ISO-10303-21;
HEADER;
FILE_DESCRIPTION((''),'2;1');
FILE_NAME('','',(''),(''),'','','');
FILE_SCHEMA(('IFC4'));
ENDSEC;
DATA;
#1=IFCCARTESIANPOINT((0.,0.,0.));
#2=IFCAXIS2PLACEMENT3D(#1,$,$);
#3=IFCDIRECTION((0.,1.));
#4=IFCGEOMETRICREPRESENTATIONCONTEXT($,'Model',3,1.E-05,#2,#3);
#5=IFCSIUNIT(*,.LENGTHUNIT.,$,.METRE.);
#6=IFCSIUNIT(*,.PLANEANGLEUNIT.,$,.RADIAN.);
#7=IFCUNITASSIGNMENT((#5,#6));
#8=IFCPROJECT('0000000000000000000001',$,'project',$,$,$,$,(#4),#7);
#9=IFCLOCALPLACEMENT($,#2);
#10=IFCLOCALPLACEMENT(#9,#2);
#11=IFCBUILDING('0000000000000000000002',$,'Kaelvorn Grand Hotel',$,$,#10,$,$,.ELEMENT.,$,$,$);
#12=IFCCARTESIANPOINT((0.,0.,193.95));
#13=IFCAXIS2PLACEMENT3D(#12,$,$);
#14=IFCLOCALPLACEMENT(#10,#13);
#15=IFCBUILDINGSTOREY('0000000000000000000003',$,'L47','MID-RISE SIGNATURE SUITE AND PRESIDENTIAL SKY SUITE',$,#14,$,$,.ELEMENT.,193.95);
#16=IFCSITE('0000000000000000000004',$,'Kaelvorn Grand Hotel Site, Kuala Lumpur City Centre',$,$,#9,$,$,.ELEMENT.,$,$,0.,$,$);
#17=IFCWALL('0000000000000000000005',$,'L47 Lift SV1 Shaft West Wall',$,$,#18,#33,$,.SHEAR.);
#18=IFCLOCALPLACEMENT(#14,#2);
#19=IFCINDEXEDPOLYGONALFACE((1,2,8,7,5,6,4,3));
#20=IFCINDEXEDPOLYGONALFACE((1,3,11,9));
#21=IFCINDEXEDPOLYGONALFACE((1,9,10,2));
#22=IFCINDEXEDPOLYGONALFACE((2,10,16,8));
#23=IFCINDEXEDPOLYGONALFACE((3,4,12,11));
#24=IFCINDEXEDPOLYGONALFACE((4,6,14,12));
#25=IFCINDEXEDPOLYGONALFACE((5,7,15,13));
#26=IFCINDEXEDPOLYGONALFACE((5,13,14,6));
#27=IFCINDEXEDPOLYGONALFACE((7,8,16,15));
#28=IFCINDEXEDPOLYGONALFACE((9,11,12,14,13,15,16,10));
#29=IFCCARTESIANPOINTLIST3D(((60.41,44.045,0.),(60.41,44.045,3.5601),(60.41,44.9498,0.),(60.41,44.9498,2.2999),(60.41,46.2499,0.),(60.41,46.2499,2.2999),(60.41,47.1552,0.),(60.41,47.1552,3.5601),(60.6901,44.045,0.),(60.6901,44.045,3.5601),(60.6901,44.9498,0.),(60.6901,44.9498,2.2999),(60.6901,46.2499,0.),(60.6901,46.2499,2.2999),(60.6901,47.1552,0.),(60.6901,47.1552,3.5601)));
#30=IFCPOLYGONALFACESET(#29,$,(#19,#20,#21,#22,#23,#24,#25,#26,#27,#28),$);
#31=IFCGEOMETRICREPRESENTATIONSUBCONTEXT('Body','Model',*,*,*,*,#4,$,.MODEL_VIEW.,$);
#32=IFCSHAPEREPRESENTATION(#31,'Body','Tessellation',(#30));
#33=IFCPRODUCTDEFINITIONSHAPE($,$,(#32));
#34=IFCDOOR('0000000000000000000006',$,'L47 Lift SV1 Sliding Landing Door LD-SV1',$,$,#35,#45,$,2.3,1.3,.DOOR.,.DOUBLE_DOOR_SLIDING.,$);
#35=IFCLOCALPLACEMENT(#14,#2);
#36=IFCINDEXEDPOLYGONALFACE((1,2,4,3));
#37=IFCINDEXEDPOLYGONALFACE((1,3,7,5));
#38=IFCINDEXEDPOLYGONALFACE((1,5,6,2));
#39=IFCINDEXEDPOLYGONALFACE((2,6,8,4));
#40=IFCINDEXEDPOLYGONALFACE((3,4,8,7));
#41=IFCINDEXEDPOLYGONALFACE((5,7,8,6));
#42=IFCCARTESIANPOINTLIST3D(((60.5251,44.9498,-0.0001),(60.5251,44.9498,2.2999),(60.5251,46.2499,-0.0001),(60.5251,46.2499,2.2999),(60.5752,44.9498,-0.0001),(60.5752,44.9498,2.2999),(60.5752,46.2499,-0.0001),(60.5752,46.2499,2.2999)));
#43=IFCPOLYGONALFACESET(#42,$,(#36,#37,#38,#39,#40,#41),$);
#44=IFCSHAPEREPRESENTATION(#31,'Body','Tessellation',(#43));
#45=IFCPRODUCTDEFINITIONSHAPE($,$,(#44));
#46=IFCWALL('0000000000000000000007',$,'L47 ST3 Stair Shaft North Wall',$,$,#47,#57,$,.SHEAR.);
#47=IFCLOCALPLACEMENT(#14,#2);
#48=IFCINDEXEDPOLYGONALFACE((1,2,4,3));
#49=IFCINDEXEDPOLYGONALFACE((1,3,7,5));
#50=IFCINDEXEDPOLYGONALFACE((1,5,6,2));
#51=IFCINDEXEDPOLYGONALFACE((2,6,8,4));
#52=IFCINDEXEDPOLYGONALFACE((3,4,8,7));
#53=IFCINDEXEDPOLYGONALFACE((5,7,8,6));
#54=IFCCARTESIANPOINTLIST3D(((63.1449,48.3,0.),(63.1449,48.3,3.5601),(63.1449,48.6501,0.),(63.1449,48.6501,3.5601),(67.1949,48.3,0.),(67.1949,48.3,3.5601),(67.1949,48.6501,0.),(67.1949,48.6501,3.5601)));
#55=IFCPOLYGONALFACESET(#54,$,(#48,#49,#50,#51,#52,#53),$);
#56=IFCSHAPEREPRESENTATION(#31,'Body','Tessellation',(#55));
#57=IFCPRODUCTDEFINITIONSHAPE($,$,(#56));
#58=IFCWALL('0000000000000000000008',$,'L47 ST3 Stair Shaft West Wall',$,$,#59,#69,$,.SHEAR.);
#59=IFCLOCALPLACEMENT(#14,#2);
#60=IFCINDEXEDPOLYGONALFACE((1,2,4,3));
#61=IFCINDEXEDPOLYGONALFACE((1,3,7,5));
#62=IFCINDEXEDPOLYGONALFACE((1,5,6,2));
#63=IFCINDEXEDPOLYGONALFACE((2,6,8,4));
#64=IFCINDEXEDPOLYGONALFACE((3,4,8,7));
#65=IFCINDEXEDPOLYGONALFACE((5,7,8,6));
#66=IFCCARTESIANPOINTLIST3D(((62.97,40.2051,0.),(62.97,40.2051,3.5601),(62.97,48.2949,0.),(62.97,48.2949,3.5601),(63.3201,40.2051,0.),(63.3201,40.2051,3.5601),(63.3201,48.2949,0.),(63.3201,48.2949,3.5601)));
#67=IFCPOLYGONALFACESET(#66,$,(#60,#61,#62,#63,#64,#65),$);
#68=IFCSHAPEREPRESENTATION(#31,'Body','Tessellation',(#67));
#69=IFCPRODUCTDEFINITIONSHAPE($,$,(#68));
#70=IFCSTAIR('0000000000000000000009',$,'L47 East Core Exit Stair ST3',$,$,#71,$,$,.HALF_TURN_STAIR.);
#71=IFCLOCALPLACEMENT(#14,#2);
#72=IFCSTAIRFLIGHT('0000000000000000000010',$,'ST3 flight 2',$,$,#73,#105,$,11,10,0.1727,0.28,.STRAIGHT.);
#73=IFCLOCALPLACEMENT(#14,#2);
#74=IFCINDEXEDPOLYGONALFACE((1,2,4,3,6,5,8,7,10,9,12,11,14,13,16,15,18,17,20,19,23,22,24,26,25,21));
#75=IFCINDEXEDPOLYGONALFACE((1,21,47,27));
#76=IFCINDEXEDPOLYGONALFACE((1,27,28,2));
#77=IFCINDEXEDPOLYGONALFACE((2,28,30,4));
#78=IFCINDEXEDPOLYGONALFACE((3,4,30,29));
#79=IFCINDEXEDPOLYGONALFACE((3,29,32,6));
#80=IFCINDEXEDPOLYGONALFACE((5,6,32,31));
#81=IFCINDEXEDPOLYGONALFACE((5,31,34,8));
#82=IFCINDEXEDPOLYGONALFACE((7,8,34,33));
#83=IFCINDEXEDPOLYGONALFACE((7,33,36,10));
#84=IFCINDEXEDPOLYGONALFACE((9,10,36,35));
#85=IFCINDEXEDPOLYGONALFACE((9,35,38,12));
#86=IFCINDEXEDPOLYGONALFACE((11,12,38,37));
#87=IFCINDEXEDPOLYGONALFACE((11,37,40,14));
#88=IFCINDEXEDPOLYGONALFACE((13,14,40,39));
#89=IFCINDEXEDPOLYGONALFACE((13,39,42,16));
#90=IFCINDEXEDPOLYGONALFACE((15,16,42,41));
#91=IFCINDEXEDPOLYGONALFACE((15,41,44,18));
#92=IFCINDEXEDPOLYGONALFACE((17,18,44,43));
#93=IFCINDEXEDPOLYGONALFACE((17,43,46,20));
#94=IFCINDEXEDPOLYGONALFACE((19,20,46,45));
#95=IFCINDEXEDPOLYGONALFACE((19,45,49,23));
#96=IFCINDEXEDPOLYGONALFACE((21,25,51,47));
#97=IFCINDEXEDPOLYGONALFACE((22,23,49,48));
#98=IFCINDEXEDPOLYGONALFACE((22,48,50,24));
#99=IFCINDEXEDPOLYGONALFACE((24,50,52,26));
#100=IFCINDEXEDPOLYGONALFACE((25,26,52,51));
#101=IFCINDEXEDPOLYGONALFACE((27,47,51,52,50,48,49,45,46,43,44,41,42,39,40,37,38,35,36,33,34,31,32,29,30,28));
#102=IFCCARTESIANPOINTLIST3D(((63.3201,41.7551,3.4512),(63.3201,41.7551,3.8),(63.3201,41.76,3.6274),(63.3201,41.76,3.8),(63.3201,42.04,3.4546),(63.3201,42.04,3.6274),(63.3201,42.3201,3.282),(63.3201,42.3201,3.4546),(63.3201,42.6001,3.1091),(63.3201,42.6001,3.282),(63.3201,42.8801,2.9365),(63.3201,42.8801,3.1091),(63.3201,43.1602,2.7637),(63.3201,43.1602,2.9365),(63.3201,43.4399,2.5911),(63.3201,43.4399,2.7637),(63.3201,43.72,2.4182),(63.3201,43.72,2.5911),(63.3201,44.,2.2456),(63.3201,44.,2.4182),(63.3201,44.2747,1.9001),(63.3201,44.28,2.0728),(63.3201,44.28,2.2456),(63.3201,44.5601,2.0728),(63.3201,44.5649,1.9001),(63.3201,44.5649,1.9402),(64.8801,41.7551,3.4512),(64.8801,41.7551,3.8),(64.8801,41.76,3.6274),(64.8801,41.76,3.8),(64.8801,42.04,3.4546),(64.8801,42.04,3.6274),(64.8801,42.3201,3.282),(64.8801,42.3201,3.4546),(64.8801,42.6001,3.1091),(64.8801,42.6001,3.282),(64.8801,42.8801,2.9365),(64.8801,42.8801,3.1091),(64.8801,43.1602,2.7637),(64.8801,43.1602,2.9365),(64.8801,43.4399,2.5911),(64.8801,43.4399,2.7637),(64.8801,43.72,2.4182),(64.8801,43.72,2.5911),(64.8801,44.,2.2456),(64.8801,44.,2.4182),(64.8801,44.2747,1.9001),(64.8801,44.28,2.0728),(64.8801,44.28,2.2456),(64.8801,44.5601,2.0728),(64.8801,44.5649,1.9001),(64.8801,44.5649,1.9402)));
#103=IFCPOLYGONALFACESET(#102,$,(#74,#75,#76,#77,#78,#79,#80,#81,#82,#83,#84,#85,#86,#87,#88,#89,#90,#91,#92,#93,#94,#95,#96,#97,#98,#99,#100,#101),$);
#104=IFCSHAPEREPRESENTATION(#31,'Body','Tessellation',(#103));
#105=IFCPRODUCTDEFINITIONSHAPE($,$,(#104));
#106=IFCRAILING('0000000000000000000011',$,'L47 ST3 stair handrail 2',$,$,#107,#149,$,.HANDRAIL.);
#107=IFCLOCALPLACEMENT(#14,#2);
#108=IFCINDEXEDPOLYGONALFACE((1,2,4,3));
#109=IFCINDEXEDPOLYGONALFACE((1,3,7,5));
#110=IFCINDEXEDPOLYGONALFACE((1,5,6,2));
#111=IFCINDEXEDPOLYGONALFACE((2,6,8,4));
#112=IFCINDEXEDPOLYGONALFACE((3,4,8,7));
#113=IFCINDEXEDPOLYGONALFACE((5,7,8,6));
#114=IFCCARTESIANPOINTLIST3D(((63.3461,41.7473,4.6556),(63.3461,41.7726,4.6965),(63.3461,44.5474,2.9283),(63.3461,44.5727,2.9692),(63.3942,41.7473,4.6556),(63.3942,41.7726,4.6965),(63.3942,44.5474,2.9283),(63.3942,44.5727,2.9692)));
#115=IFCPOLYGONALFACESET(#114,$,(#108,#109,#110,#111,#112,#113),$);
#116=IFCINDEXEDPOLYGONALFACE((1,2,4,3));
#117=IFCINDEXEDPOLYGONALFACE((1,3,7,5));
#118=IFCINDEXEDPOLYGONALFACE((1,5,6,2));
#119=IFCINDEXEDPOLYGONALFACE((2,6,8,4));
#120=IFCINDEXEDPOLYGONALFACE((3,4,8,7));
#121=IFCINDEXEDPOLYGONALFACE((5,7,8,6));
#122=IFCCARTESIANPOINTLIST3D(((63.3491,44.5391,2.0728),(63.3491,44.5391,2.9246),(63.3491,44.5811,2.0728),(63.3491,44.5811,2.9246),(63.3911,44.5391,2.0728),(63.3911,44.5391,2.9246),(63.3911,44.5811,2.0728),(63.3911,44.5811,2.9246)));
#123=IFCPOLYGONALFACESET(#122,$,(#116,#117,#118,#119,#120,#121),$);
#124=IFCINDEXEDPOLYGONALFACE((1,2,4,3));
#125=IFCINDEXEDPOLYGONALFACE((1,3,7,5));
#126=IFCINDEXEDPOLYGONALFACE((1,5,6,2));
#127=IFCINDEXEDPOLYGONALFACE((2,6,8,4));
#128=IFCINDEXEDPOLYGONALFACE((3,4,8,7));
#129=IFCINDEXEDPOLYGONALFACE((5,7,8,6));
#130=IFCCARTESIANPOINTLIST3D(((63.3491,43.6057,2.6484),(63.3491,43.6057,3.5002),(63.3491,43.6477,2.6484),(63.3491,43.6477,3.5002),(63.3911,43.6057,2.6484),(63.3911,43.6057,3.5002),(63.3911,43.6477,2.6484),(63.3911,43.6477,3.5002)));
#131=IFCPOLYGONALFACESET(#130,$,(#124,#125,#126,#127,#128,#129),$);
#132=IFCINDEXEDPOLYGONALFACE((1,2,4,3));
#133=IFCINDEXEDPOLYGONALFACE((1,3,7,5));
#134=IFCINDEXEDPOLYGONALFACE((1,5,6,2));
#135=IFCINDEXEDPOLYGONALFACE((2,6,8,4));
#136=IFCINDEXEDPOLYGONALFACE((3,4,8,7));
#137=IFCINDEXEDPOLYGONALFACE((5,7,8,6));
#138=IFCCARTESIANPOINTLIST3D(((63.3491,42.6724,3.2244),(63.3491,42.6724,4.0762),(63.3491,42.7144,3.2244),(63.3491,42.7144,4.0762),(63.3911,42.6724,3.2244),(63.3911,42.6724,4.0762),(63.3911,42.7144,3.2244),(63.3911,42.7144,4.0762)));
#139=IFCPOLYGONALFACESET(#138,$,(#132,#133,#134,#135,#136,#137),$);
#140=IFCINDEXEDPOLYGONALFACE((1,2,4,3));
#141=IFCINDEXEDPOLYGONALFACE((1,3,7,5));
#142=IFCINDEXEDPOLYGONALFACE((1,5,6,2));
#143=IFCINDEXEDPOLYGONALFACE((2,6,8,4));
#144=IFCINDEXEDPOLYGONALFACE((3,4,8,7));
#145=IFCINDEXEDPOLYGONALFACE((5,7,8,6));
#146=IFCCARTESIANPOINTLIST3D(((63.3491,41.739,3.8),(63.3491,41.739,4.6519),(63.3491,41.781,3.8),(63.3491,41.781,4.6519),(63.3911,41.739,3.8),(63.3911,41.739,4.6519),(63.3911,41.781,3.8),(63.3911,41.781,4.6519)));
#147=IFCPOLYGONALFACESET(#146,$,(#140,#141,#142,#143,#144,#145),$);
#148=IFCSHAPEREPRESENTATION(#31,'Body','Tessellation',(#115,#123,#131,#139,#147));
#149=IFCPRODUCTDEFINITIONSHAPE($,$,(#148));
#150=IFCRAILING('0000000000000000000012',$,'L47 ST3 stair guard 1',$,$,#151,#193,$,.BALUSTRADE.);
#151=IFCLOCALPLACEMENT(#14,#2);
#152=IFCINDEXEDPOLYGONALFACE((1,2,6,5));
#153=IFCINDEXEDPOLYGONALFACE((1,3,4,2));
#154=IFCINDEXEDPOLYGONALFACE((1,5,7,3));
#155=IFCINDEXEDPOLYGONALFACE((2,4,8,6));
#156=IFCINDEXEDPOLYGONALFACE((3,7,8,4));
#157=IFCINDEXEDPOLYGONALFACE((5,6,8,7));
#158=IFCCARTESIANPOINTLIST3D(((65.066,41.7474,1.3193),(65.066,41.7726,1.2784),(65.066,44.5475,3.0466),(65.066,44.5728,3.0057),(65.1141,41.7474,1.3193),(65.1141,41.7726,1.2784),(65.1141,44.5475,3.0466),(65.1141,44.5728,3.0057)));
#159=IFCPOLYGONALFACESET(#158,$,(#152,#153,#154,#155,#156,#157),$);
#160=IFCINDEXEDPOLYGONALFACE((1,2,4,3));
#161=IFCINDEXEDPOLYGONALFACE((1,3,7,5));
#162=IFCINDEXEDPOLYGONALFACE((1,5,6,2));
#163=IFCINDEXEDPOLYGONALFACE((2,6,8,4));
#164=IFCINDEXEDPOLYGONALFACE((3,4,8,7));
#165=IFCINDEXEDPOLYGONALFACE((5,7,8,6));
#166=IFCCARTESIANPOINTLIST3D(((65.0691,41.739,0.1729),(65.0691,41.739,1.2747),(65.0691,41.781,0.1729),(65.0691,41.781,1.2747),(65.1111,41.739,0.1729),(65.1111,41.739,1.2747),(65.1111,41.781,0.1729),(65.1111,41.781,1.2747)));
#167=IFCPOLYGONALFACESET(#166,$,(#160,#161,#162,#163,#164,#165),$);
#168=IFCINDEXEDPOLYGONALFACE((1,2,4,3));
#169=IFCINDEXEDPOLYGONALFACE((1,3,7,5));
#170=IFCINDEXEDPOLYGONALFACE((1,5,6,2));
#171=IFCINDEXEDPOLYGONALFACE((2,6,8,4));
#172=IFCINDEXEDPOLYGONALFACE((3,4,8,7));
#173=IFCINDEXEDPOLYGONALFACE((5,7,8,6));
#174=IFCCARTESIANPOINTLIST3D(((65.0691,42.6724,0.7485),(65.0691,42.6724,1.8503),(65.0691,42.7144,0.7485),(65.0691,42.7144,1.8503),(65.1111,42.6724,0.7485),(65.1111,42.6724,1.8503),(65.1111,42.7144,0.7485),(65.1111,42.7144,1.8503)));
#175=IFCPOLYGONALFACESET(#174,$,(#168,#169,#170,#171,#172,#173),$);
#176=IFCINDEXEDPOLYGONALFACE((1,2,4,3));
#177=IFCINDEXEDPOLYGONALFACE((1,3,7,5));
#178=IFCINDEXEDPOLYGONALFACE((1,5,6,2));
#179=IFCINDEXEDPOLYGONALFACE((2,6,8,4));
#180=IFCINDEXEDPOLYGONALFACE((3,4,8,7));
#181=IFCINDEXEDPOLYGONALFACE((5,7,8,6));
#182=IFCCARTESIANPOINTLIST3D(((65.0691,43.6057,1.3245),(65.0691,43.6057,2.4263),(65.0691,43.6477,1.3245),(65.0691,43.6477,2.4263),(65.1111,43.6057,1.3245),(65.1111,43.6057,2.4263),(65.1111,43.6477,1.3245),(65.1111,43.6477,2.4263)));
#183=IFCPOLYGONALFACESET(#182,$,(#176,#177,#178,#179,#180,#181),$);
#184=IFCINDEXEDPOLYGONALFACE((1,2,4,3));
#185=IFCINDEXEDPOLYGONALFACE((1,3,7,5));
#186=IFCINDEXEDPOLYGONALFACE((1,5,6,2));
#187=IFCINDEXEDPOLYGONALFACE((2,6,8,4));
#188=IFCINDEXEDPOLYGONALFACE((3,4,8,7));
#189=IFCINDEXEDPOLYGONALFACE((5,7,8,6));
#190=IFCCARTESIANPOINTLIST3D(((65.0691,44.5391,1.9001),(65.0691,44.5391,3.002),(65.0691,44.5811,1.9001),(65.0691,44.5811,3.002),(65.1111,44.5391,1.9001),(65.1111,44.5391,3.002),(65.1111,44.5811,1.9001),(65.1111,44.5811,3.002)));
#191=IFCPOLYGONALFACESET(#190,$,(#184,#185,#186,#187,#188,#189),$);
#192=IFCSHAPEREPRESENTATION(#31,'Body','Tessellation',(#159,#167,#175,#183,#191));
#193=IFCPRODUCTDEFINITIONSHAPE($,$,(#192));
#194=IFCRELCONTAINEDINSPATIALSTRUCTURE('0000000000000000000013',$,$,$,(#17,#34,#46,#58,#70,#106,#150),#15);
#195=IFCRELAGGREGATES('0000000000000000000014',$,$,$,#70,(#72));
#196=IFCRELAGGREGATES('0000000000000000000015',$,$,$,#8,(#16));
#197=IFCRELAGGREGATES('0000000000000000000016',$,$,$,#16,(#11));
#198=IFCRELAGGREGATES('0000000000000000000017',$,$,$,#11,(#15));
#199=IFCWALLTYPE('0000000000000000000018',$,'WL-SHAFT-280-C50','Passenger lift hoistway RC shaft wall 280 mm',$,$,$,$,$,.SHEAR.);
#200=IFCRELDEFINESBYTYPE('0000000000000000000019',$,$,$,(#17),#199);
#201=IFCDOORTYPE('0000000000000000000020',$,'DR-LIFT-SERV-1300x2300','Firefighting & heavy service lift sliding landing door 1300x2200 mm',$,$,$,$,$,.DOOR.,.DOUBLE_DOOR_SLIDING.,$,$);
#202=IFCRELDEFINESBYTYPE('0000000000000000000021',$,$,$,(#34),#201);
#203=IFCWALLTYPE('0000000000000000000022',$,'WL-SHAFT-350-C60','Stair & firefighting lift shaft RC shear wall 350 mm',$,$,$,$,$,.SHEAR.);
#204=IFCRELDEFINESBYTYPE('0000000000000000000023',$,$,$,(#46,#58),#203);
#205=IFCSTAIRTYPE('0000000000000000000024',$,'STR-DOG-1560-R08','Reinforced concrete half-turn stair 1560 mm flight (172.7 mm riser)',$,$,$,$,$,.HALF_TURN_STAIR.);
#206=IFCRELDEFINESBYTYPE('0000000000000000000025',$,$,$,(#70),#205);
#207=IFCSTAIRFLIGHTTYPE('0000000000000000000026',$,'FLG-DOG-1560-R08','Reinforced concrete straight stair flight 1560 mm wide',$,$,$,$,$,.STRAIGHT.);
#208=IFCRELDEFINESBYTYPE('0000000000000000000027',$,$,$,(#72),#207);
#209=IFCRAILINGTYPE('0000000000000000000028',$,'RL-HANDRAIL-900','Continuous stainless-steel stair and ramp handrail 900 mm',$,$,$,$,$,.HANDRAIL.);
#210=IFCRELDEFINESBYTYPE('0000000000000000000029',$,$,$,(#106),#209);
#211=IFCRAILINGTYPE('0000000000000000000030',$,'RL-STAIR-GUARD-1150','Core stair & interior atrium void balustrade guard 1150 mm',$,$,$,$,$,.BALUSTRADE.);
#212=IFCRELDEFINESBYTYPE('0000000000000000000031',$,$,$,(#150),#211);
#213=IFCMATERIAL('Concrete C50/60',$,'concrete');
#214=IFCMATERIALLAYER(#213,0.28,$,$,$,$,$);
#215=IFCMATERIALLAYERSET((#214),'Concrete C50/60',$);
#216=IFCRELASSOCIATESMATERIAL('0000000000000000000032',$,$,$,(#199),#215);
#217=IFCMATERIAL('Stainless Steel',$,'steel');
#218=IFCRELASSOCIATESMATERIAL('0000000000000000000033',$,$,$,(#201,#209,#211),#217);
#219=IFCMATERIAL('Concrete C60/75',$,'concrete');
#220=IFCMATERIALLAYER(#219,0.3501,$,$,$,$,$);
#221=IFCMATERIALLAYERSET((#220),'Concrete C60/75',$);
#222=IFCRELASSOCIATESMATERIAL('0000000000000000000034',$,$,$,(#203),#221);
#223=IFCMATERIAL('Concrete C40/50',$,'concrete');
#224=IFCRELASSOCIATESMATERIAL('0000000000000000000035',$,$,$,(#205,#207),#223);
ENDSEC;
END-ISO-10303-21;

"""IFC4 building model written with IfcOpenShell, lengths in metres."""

from ifc_helpers import new_model, si_unit, direction, frame, frame_2d, origin, origin_2d, place, context, subcontext, project, spatial, polyline, rectangle, outline, extrude, material, layer, layer_set, type_object, element, fill, aggregate, save


model = new_model("IFC4")

# Units and contexts
model_context = context("Model", 3, precision=1e-05, world=origin(), true_north=direction((0.0, 1.0)))
body_context = subcontext(model_context, "Body", "Model", "MODEL_VIEW")
ifc_project = project(units=[si_unit("LENGTHUNIT", "METRE"), si_unit("PLANEANGLEUNIT", "RADIAN")], contexts=[model_context])

# Site, building, storey
site_placement = place(None, origin())
site = spatial("IfcSite", under=ifc_project, at=site_placement, Name="Kaelvorn Grand Hotel Site, Kuala Lumpur City Centre", CompositionType="ELEMENT", RefElevation=0.0)
building_placement = place(site_placement, origin())
building = spatial("IfcBuilding", under=site, at=building_placement, Name="Kaelvorn Grand Hotel", CompositionType="ELEMENT")
storey_placement = place(building_placement, frame((0.0, 0.0, 193.95)))
storey = spatial("IfcBuildingStorey", under=building, at=storey_placement, Name="L47", Description="MID-RISE SIGNATURE SUITE AND PRESIDENTIAL SKY SUITE", CompositionType="ELEMENT", Elevation=193.95)

# Shared definitions
ifc_material_1 = material(Name="Concrete C60/75", Category="concrete")

# Shared definitions
ifc_material_2 = material(Name="Concrete C50/60", Category="concrete")

# Shared definitions
ifc_material_3 = material(Name="Concrete C40/50", Category="concrete")

# Shared definitions
ifc_layer_1 = layer(ifc_material_2, 0.28)
ifc_layer_set_1 = layer_set([ifc_layer_1], Name="Concrete C50/60")
wall_type_1 = type_object("IfcWallType", Name="WL-SHAFT-280-C50", Description="Passenger lift hoistway RC shaft wall 280 mm", PredefinedType="SHEAR", material=ifc_layer_set_1)

# Shared definitions
ifc_material_4 = material(Name="Stainless Steel", Category="steel")
door_type_1 = type_object("IfcDoorType", Name="DR-LIFT-SERV-1300x2300", Description="Firefighting & heavy service lift sliding landing door 1300x2200 mm", OperationType="DOUBLE_DOOR_SLIDING", PredefinedType="DOOR", material=ifc_material_4)

# Wall, opening, door
wall_1_placement = place(storey_placement, frame((60.55, 44.0449, 0.0), z_axis=(0.0, 0.0, 1.0), x_axis=(0.0, 1.0, 0.0)))
wall_1 = element("IfcWall", 1, at=wall_1_placement, inside=storey, type_object=wall_type_1, Name="L47 Lift SV1 Shaft West Wall", PredefinedType="SHEAR", context=body_context, shape_type="SweptSolid", body=[
    extrude(rectangle(XDim=3.1101, YDim=0.28, at=frame_2d((1.5552, 0.0))), origin(), (0.0, 0.0, 1.0), 3.5601),
])
opening_1_placement = place(wall_1_placement, frame((0.905, 0.0, 0.0)))
opening_1 = element("IfcOpeningElement", 2, at=opening_1_placement, cuts=wall_1, PredefinedType="OPENING", context=body_context, shape_type="SweptSolid", body=[
    extrude(rectangle(XDim=1.3, YDim=2.3, at=frame_2d((0.6499, 1.1499))), frame((0.0, 0.1499, 0.0), z_axis=(0.0, -1.0, 0.0), x_axis=(1.0, 0.0, 0.0)), (0.0, 0.0, 1.0), 0.3),
])
door_1_placement = place(opening_1_placement, origin())
door_1 = element("IfcDoor", 3, at=door_1_placement, inside=storey, type_object=door_type_1, Name="L47 Lift SV1 Sliding Landing Door LD-SV1", OperationType="DOUBLE_DOOR_SLIDING", OverallHeight=2.3, OverallWidth=1.3, PredefinedType="DOOR", context=body_context, shape_type="SweptSolid", body=[
    extrude(rectangle(XDim=1.3, YDim=2.3, at=frame_2d((0.6499, 1.1499))), frame((0.0, 0.0249, 0.0), z_axis=(0.0, -1.0, 0.0), x_axis=(1.0, 0.0, 0.0)), (0.0, 0.0, 1.0), 0.05),
])
fill(opening_1, door_1)
ifc_layer_2 = layer(ifc_material_1, 0.3501)
ifc_layer_set_2 = layer_set([ifc_layer_2], Name="Concrete C60/75")
wall_type_2 = type_object("IfcWallType", Name="WL-SHAFT-350-C60", Description="Stair & firefighting lift shaft RC shear wall 350 mm", PredefinedType="SHEAR", material=ifc_layer_set_2)

# Walls
wall_2_placement = place(storey_placement, frame((63.145, 48.4751, 0.0), z_axis=(0.0, 0.0, 1.0), x_axis=(1.0, 0.0, 0.0)))
element("IfcWall", 4, at=wall_2_placement, inside=storey, type_object=wall_type_2, Name="L47 ST3 Stair Shaft North Wall", PredefinedType="SHEAR", context=body_context, shape_type="SweptSolid", body=[
    extrude(rectangle(XDim=4.05, YDim=0.3501, at=frame_2d((2.0249, 0.0))), origin(), (0.0, 0.0, 1.0), 3.5601),
])
wall_3_placement = place(storey_placement, frame((63.145, 40.2051, 0.0), z_axis=(0.0, 0.0, 1.0), x_axis=(0.0, 1.0, 0.0)))
element("IfcWall", 5, at=wall_3_placement, inside=storey, type_object=wall_type_2, Name="L47 ST3 Stair Shaft West Wall", PredefinedType="SHEAR", context=body_context, shape_type="SweptSolid", body=[
    extrude(rectangle(XDim=8.0898, YDim=0.3501, at=frame_2d((4.0449, 0.0))), origin(), (0.0, 0.0, 1.0), 3.5601),
])

# Stair, stair flight
stair_type = type_object("IfcStairType", Name="STR-DOG-1560-R08", Description="Reinforced concrete half-turn stair 1560 mm flight (172.7 mm riser)", PredefinedType="HALF_TURN_STAIR", material=ifc_material_3)
stair_placement = place(storey_placement, origin())
stair = element("IfcStair", 6, at=stair_placement, inside=storey, type_object=stair_type, Name="L47 East Core Exit Stair ST3", PredefinedType="HALF_TURN_STAIR")
stair_flight_type = type_object("IfcStairFlightType", Name="FLG-DOG-1560-R08", Description="Reinforced concrete straight stair flight 1560 mm wide", PredefinedType="STRAIGHT", material=ifc_material_3)
stair_flight_placement = place(storey_placement, frame((64.1001, 44.5601, 1.9001), z_axis=(0.0, 0.0, 1.0), x_axis=(0.0, -1.0, 0.0)))
stair_flight = element("IfcStairFlight", 7, at=stair_flight_placement, type_object=stair_flight_type, Name="ST3 flight 2", NumberOfRisers=11, NumberOfTreads=10, PredefinedType="STRAIGHT", RiserHeight=0.1727, TreadLength=0.28, context=body_context, shape_type="SweptSolid", body=[
    extrude(outline(polyline([(-0.0049, 0.0), (-0.0049, 0.04), (0.0, 0.1726), (0.28, 0.1726), (0.28, 0.3455), (0.5601, 0.3455), (0.5601, 0.5181), (0.8401, 0.5181), (0.8401, 0.6909), (1.1201, 0.6909), (1.1201, 0.8635), (1.3999, 0.8635), (1.3999, 1.0364), (1.6799, 1.0364), (1.6799, 1.209), (1.96, 1.209), (1.96, 1.3818), (2.24, 1.3818), (2.24, 1.5544), (2.52, 1.5544), (2.52, 1.7273), (2.8, 1.7273), (2.8, 1.8999), (2.8049, 1.8999), (2.8049, 1.551), (0.2854, 0.0), (-0.0049, 0.0)])), frame((0.0, 0.78, 0.0), z_axis=(0.0, -1.0, 0.0), x_axis=(1.0, 0.0, 0.0)), (0.0, 0.0, 1.0), 1.5601),
])
aggregate(stair, [stair_flight])

# Railings
railing_type_1 = type_object("IfcRailingType", Name="RL-HANDRAIL-900", Description="Continuous stainless-steel stair and ramp handrail 900 mm", PredefinedType="HANDRAIL", material=ifc_material_4)
railing_1_placement = place(storey_placement, frame((63.3701, 44.5601, 2.0728)))
element("IfcRailing", 8, at=railing_1_placement, inside=storey, type_object=railing_type_1, Name="L47 ST3 stair handrail 2", PredefinedType="HANDRAIL", context=body_context, shape_type="SweptSolid", body=[
    extrude(rectangle(XDim=0.0481, YDim=0.0481, at=origin_2d()), frame((0.0, 0.0, 0.876), z_axis=(0.0, -0.85109, 0.52502), x_axis=(1.0, 0.0, 0.0)), (0.0, 0.0, 1.0), 3.29),
    extrude(rectangle(XDim=0.042, YDim=0.042, at=origin_2d()), origin(), (0.0, 0.0, 1.0), 0.8518),
    extrude(rectangle(XDim=0.042, YDim=0.042, at=origin_2d()), frame((0.0, -0.9333, 0.5757)), (0.0, 0.0, 1.0), 0.8518),
    extrude(rectangle(XDim=0.042, YDim=0.042, at=origin_2d()), frame((0.0, -1.8667, 1.1516)), (0.0, 0.0, 1.0), 0.8518),
    extrude(rectangle(XDim=0.042, YDim=0.042, at=origin_2d()), frame((0.0, -2.8, 1.7273)), (0.0, 0.0, 1.0), 0.8518),
])
railing_type_2 = type_object("IfcRailingType", Name="RL-STAIR-GUARD-1150", Description="Core stair & interior atrium void balustrade guard 1150 mm", PredefinedType="BALUSTRADE", material=ifc_material_4)
railing_2_placement = place(storey_placement, frame((65.0901, 41.76, 0.1729)))
element("IfcRailing", 9, at=railing_2_placement, inside=storey, type_object=railing_type_2, Name="L47 ST3 stair guard 1", PredefinedType="BALUSTRADE", context=body_context, shape_type="SweptSolid", body=[
    extrude(rectangle(XDim=0.0481, YDim=0.0481, at=origin_2d()), frame((0.0, 0.0, 1.126), z_axis=(0.0, 0.85109, 0.52502), x_axis=(-1.0, 0.0, 0.0)), (0.0, 0.0, 1.0), 3.29),
    extrude(rectangle(XDim=0.042, YDim=0.042, at=origin_2d()), origin(), (0.0, 0.0, 1.0), 1.1018),
    extrude(rectangle(XDim=0.042, YDim=0.042, at=origin_2d()), frame((0.0, 0.9333, 0.5757)), (0.0, 0.0, 1.0), 1.1018),
    extrude(rectangle(XDim=0.042, YDim=0.042, at=origin_2d()), frame((0.0, 1.8667, 1.1516)), (0.0, 0.0, 1.0), 1.1018),
    extrude(rectangle(XDim=0.042, YDim=0.042, at=origin_2d()), frame((0.0, 2.8, 1.7273)), (0.0, 0.0, 1.0), 1.1018),
])

save(model, "model.ifc")
